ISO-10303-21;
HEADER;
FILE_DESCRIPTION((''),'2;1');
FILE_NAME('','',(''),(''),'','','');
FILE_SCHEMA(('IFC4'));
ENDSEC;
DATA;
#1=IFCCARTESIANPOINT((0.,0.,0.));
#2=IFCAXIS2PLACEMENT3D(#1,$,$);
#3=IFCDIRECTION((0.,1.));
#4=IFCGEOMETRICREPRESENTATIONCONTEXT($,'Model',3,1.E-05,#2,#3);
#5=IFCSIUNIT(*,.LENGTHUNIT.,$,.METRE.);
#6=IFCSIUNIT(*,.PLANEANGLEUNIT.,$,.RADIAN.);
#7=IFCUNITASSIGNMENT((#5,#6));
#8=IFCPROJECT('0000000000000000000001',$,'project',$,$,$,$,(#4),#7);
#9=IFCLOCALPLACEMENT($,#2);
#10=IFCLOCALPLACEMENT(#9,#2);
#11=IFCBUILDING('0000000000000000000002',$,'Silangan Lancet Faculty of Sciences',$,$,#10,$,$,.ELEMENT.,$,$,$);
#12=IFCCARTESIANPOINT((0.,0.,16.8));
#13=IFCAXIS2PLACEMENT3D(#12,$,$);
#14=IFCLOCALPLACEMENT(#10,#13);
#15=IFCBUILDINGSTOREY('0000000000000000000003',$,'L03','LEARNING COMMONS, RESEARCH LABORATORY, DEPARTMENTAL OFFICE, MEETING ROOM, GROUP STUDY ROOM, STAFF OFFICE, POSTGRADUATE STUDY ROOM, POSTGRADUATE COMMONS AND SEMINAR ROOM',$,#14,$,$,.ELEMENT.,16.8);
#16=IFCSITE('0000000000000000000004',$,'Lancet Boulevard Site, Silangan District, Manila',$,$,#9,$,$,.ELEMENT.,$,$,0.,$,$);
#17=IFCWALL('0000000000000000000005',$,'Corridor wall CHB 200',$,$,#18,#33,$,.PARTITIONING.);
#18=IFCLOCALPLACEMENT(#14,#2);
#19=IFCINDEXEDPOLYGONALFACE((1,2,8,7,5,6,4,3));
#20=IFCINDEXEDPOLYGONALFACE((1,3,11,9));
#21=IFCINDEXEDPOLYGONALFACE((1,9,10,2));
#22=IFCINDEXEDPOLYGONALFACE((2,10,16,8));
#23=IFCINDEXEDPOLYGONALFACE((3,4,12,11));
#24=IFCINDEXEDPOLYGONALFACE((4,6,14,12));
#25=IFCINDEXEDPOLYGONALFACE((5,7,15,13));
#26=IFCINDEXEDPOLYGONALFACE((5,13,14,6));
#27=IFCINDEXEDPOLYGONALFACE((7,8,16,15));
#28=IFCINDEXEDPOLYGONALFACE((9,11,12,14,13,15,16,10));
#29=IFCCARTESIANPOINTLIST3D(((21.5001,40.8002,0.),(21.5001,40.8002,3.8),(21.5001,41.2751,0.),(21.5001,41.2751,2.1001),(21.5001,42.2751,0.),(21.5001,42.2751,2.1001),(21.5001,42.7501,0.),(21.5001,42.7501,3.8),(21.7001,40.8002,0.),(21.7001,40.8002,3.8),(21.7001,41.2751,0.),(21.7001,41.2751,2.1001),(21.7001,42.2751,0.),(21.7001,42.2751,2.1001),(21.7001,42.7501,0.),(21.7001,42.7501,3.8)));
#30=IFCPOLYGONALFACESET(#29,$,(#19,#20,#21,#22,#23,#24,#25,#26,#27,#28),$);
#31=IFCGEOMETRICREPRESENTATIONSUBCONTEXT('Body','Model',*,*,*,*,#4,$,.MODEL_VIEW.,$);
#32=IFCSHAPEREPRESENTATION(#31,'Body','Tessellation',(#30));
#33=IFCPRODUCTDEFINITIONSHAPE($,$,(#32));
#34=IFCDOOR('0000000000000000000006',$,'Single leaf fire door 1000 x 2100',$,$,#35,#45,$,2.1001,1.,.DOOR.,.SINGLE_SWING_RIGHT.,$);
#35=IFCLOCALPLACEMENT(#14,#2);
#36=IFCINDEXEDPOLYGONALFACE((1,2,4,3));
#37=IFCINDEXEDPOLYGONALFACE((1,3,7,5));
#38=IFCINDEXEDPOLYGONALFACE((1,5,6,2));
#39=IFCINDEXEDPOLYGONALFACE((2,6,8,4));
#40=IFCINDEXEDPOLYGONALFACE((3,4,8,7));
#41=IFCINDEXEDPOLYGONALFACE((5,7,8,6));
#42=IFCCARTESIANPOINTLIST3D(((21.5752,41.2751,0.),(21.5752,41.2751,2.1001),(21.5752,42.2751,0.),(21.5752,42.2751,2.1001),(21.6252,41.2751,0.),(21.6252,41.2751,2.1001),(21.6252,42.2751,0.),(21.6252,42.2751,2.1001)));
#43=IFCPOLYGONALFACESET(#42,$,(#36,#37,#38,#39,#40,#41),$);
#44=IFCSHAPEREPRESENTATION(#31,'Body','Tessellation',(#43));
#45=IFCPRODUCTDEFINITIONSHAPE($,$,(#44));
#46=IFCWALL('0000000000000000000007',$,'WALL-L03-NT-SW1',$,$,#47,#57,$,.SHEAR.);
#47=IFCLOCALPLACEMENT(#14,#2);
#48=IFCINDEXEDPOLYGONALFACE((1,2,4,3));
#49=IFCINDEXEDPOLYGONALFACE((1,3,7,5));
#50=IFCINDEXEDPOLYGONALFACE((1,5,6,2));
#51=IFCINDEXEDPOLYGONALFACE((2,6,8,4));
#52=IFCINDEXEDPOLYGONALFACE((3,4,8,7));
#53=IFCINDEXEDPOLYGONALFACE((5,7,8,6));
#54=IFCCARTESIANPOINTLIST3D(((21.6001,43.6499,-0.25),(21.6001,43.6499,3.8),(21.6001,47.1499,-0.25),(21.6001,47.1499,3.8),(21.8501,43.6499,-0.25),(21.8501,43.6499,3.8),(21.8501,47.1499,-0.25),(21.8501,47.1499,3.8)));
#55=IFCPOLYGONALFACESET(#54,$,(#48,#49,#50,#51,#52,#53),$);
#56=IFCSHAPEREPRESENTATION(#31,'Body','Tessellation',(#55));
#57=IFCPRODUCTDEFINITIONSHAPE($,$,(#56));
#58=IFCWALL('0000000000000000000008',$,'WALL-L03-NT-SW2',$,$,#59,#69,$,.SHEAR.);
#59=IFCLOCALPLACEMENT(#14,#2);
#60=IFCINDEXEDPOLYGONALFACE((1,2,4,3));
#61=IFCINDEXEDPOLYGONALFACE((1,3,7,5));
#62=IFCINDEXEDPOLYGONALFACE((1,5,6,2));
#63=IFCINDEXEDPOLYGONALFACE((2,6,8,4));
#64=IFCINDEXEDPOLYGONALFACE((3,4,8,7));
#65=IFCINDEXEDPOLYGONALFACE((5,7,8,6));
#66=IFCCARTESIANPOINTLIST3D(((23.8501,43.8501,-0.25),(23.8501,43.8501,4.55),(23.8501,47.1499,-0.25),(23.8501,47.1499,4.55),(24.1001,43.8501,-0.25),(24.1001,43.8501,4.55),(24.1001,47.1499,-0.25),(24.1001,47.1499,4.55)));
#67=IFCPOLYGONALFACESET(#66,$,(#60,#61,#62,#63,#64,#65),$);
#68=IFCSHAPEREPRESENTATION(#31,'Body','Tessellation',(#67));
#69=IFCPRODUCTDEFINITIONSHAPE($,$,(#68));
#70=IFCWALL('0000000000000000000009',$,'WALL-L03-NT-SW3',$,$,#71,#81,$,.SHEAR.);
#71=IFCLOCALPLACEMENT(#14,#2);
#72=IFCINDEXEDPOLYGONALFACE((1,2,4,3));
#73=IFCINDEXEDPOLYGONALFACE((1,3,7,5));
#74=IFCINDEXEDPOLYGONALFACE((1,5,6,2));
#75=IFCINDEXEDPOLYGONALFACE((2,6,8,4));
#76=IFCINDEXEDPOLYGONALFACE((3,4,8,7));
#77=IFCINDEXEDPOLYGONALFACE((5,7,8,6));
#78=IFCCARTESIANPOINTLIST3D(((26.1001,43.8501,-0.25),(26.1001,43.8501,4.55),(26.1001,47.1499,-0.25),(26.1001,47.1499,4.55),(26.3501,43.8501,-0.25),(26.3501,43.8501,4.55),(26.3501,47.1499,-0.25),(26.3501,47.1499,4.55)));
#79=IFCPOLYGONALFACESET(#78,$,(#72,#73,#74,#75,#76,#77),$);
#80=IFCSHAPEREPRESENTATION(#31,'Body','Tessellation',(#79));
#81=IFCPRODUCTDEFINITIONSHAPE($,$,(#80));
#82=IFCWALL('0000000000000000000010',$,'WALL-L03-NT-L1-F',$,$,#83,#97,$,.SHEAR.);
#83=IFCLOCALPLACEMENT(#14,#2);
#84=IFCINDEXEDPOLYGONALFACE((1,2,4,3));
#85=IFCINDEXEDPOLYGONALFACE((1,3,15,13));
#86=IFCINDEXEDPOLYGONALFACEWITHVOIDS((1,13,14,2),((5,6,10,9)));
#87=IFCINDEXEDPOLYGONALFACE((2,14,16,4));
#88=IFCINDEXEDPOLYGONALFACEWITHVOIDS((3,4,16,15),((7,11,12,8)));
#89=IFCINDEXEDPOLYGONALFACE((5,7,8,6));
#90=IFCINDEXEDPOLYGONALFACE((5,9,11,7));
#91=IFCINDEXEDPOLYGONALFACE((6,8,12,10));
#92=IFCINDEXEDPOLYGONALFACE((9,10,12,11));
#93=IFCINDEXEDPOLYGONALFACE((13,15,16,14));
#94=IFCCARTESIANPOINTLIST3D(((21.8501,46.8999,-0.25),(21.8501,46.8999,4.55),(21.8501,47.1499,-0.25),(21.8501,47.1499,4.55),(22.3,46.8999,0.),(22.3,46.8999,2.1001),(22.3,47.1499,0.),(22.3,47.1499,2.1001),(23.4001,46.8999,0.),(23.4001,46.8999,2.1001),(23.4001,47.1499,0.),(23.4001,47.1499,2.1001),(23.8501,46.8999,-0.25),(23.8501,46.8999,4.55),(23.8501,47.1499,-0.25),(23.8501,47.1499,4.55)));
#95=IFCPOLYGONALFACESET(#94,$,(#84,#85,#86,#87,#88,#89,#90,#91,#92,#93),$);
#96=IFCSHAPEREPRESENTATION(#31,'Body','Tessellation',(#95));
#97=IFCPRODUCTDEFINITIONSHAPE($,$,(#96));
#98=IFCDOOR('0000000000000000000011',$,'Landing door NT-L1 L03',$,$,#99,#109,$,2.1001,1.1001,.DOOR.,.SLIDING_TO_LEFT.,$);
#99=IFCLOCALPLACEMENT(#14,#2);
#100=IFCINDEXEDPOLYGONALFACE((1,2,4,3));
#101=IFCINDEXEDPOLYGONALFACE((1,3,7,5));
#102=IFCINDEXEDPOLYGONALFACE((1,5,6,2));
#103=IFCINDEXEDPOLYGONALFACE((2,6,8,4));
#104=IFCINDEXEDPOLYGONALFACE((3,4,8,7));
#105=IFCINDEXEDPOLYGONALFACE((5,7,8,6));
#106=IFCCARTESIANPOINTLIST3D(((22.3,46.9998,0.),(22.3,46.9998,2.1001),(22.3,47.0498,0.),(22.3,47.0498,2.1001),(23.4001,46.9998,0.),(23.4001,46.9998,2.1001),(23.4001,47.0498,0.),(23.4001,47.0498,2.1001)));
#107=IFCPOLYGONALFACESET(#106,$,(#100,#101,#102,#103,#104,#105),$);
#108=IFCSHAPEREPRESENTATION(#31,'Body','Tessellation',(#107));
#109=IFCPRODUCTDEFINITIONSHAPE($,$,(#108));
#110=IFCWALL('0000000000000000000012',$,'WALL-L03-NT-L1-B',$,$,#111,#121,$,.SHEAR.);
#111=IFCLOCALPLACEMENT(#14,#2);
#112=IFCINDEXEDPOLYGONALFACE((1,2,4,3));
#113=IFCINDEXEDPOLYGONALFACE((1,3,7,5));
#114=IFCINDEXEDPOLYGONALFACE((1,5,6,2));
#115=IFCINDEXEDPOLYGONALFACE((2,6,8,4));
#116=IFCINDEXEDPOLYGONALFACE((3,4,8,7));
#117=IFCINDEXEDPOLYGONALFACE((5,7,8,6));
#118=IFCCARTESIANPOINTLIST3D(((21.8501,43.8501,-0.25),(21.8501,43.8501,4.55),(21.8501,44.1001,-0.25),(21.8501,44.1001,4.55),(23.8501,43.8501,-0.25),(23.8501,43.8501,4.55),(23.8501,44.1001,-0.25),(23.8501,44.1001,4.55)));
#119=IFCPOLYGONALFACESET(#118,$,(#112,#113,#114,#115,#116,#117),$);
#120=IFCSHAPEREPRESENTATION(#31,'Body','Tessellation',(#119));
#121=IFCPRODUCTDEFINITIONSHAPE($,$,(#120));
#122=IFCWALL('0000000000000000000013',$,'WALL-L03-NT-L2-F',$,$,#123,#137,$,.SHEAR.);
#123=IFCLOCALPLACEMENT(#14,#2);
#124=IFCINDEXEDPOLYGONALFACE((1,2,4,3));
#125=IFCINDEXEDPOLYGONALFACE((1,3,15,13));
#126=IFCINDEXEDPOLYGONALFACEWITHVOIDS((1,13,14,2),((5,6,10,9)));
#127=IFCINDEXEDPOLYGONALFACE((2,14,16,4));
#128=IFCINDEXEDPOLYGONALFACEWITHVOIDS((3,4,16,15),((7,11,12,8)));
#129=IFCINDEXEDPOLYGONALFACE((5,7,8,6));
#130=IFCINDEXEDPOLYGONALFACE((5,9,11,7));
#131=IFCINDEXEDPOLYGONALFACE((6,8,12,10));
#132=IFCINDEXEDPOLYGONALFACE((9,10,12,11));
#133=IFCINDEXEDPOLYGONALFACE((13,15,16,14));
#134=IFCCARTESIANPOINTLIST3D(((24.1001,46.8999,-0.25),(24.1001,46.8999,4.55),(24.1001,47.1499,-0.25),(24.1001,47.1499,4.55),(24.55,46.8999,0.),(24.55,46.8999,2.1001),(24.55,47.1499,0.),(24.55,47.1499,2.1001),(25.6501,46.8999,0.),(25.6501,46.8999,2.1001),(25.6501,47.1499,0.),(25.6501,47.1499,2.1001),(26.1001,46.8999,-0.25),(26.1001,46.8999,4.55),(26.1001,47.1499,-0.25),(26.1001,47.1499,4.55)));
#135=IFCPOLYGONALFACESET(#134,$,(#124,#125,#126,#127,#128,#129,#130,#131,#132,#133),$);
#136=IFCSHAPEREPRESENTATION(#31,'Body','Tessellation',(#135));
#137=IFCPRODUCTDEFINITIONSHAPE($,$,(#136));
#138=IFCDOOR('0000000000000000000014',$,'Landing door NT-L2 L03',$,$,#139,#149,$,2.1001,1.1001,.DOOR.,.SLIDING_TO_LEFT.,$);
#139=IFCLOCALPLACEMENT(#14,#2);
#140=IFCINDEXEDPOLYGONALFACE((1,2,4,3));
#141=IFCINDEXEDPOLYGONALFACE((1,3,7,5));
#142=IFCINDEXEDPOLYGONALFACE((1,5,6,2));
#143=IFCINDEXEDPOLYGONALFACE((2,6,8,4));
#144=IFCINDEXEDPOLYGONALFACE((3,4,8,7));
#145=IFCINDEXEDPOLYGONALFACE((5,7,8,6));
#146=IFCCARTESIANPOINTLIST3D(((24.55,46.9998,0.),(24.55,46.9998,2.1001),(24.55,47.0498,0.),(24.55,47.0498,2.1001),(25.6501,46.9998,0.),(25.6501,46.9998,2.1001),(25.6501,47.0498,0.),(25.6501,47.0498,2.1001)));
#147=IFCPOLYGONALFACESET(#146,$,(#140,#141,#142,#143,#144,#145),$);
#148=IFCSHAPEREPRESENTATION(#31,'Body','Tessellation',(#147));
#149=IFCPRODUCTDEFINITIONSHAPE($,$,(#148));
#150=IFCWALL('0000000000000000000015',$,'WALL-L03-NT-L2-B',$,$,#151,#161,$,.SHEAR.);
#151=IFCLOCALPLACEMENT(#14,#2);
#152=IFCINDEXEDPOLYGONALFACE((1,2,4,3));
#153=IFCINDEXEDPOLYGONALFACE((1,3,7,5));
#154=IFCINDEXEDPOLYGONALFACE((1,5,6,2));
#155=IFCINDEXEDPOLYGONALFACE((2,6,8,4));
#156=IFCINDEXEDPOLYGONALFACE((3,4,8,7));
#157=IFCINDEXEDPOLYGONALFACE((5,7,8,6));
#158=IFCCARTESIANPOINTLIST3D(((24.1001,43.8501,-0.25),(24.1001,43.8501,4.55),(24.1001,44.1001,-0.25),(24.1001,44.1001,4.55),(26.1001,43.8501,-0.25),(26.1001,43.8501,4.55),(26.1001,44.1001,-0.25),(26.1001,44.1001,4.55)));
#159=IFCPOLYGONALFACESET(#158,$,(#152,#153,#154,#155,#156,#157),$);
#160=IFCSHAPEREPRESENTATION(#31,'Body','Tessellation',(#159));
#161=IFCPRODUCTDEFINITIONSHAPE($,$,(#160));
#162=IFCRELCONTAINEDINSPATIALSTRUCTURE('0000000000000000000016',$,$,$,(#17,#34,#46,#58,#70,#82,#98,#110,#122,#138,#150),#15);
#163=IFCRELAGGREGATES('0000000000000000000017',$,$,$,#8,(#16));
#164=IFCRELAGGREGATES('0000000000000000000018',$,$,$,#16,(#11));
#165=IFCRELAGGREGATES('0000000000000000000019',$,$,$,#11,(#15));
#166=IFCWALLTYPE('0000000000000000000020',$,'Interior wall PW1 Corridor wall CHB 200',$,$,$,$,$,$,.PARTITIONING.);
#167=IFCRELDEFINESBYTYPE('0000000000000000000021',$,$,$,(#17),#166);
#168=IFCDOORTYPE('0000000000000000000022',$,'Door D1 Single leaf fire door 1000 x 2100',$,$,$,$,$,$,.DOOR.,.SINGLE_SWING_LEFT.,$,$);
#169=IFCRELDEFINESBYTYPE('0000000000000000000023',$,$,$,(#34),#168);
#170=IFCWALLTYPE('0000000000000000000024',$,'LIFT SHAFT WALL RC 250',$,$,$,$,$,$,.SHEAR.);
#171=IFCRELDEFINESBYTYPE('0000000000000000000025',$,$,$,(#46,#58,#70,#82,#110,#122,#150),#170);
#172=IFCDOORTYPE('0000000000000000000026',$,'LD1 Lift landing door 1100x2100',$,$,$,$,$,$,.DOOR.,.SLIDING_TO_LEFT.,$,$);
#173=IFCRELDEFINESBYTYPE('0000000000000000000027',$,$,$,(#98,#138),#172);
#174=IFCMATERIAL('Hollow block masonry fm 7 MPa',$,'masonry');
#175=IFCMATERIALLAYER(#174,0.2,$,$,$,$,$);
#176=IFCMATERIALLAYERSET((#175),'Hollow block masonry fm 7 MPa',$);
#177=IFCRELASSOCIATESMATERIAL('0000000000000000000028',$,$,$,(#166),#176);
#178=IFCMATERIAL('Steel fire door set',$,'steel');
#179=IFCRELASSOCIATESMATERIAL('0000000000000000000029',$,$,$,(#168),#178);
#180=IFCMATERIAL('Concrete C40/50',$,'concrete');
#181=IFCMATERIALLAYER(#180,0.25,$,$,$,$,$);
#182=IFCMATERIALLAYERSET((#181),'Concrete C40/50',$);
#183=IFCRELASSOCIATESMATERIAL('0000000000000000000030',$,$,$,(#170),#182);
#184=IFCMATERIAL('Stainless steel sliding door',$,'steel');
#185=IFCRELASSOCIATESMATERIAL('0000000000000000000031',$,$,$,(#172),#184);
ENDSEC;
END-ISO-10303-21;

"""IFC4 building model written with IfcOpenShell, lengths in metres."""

from ifc_helpers import new_model, si_unit, direction, frame, frame_2d, origin, place, context, subcontext, project, spatial, rectangle, extrude, material, layer, layer_set, type_object, element, fill, save


model = new_model("IFC4")

# Units and contexts
model_context = context("Model", 3, precision=1e-05, world=origin(), true_north=direction((0.0, 1.0)))
body_context = subcontext(model_context, "Body", "Model", "MODEL_VIEW")
ifc_project = project(units=[si_unit("LENGTHUNIT", "METRE"), si_unit("PLANEANGLEUNIT", "RADIAN")], contexts=[model_context])

# Site, building, storey
site_placement = place(None, origin())
site = spatial("IfcSite", under=ifc_project, at=site_placement, Name="Lancet Boulevard Site, Silangan District, Manila", CompositionType="ELEMENT", RefElevation=0.0)
building_placement = place(site_placement, origin())
building = spatial("IfcBuilding", under=site, at=building_placement, Name="Silangan Lancet Faculty of Sciences", CompositionType="ELEMENT")
storey_placement = place(building_placement, frame((0.0, 0.0, 16.8)))
storey = spatial("IfcBuildingStorey", under=building, at=storey_placement, Name="L03", Description="LEARNING COMMONS, RESEARCH LABORATORY, DEPARTMENTAL OFFICE, MEETING ROOM, GROUP STUDY ROOM, STAFF OFFICE, POSTGRADUATE STUDY ROOM, POSTGRADUATE COMMONS AND SEMINAR ROOM", CompositionType="ELEMENT", Elevation=16.8)

# Wall, opening, door
ifc_material_1 = material(Name="Hollow block masonry fm 7 MPa", Category="masonry")
ifc_layer_1 = layer(ifc_material_1, 0.2)
ifc_layer_set_1 = layer_set([ifc_layer_1], Name="Hollow block masonry fm 7 MPa")
wall_type_1 = type_object("IfcWallType", Name="Interior wall PW1 Corridor wall CHB 200", PredefinedType="PARTITIONING", material=ifc_layer_set_1)
ifc_material_2 = material(Name="Steel fire door set", Category="steel")
door_type_1 = type_object("IfcDoorType", Name="Door D1 Single leaf fire door 1000 x 2100", OperationType="SINGLE_SWING_LEFT", PredefinedType="DOOR", material=ifc_material_2)
wall_1_placement = place(storey_placement, frame((21.6001, 40.8, 0.0), z_axis=(0.0, 0.0, 1.0), x_axis=(0.0, 1.0, 0.0)))
wall_1 = element("IfcWall", 1, at=wall_1_placement, inside=storey, type_object=wall_type_1, Name="Corridor wall CHB 200", PredefinedType="PARTITIONING", context=body_context, shape_type="SweptSolid", body=[
    extrude(rectangle(XDim=1.95, YDim=0.2, at=frame_2d((0.9751, 0.0))), origin(), (0.0, 0.0, 1.0), 3.8),
])
opening_1_placement = place(wall_1_placement, frame((0.4751, 0.0, 0.0)))
opening_1 = element("IfcOpeningElement", 2, at=opening_1_placement, cuts=wall_1, PredefinedType="OPENING", context=body_context, shape_type="SweptSolid", body=[
    extrude(rectangle(XDim=1.0, YDim=2.1001, at=frame_2d((0.5, 1.05))), frame((0.0, 0.1099, 0.0), z_axis=(0.0, -1.0, 0.0), x_axis=(1.0, 0.0, 0.0)), (0.0, 0.0, 1.0), 0.22),
])
door_1_placement = place(opening_1_placement, frame((1.0, 0.0, 0.0), z_axis=(0.0, 0.0, 1.0), x_axis=(-1.0, 0.0, 0.0)))
door_1 = element("IfcDoor", 3, at=door_1_placement, inside=storey, type_object=door_type_1, Name="Single leaf fire door 1000 x 2100", OperationType="SINGLE_SWING_RIGHT", OverallHeight=2.1001, OverallWidth=1.0, PredefinedType="DOOR", context=body_context, shape_type="SweptSolid", body=[
    extrude(rectangle(XDim=1.0, YDim=2.1001, at=frame_2d((0.5, 1.05))), frame((0.0, 0.0251, 0.0), z_axis=(0.0, -1.0, 0.0), x_axis=(1.0, 0.0, 0.0)), (0.0, 0.0, 1.0), 0.05),
])
fill(opening_1, door_1)

# Walls
ifc_material_3 = material(Name="Concrete C40/50", Category="concrete")
ifc_layer_2 = layer(ifc_material_3, 0.25)
ifc_layer_set_2 = layer_set([ifc_layer_2], Name="Concrete C40/50")
wall_type_2 = type_object("IfcWallType", Name="LIFT SHAFT WALL RC 250", PredefinedType="SHEAR", material=ifc_layer_set_2)
wall_2_placement = place(storey_placement, frame((21.7251, 43.6499, -0.25), z_axis=(0.0, 0.0, 1.0), x_axis=(0.0, 1.0, 0.0)))
element("IfcWall", 4, at=wall_2_placement, inside=storey, type_object=wall_type_2, Name="WALL-L03-NT-SW1", PredefinedType="SHEAR", context=body_context, shape_type="SweptSolid", body=[
    extrude(rectangle(XDim=3.5, YDim=0.25, at=frame_2d((1.75, 0.0))), origin(), (0.0, 0.0, 1.0), 4.05),
])
for number, where, z_axis, x_axis, name in (
    (5, (23.9751, 43.8501, -0.25), (0.0, 0.0, 1.0), (0.0, 1.0, 0.0), "WALL-L03-NT-SW2"),
    (6, (26.2251, 43.8501, -0.25), (0.0, 0.0, 1.0), (0.0, 1.0, 0.0), "WALL-L03-NT-SW3"),
):
    element("IfcWall", number, at=place(storey_placement, frame(where, z_axis=z_axis, x_axis=x_axis)), inside=storey, type_object=wall_type_2, Name=name, PredefinedType="SHEAR", context=body_context, shape_type="SweptSolid", body=[
        extrude(rectangle(XDim=3.2998, YDim=0.25, at=frame_2d((1.6499, 0.0))), origin(), (0.0, 0.0, 1.0), 4.8),
    ])

# Wall, opening, door
wall_3_placement = place(storey_placement, frame((21.8501, 47.0249, -0.25), z_axis=(0.0, 0.0, 1.0), x_axis=(1.0, 0.0, 0.0)))
wall_3 = element("IfcWall", 7, at=wall_3_placement, inside=storey, type_object=wall_type_2, Name="WALL-L03-NT-L1-F", PredefinedType="SHEAR", context=body_context, shape_type="SweptSolid", body=[
    extrude(rectangle(XDim=2.0, YDim=0.25, at=frame_2d((1.0, 0.0))), origin(), (0.0, 0.0, 1.0), 4.8),
])
opening_2_placement = place(wall_3_placement, frame((0.45, 0.0, 0.25)))
opening_2 = element("IfcOpeningElement", 8, at=opening_2_placement, cuts=wall_3, PredefinedType="OPENING", context=body_context, shape_type="SweptSolid", body=[
    extrude(rectangle(XDim=1.1001, YDim=2.1001, at=frame_2d((0.55, 1.05))), frame((0.0, 0.135, 0.0), z_axis=(0.0, -1.0, 0.0), x_axis=(1.0, 0.0, 0.0)), (0.0, 0.0, 1.0), 0.27),
])
ifc_material_4 = material(Name="Stainless steel sliding door", Category="steel")
door_type_2 = type_object("IfcDoorType", Name="LD1 Lift landing door 1100x2100", OperationType="SLIDING_TO_LEFT", PredefinedType="DOOR", material=ifc_material_4)
door_2_placement = place(opening_2_placement, origin())
door_2 = element("IfcDoor", 9, at=door_2_placement, inside=storey, type_object=door_type_2, Name="Landing door NT-L1 L03", OperationType="SLIDING_TO_LEFT", OverallHeight=2.1001, OverallWidth=1.1001, PredefinedType="DOOR", context=body_context, shape_type="SweptSolid", body=[
    extrude(rectangle(XDim=1.1001, YDim=2.1001, at=frame_2d((0.55, 1.05))), frame((0.0, 0.0249, 0.0), z_axis=(0.0, -1.0, 0.0), x_axis=(1.0, 0.0, 0.0)), (0.0, 0.0, 1.0), 0.05),
])
fill(opening_2, door_2)

# Wall
wall_4_placement = place(storey_placement, frame((21.8501, 43.9751, -0.25), z_axis=(0.0, 0.0, 1.0), x_axis=(1.0, 0.0, 0.0)))
element("IfcWall", 10, at=wall_4_placement, inside=storey, type_object=wall_type_2, Name="WALL-L03-NT-L1-B", PredefinedType="SHEAR", context=body_context, shape_type="SweptSolid", body=[
    extrude(rectangle(XDim=2.0, YDim=0.25, at=frame_2d((1.0, 0.0))), origin(), (0.0, 0.0, 1.0), 4.8),
])

# Wall, opening, door
wall_5_placement = place(storey_placement, frame((24.1001, 47.0249, -0.25), z_axis=(0.0, 0.0, 1.0), x_axis=(1.0, 0.0, 0.0)))
wall_5 = element("IfcWall", 11, at=wall_5_placement, inside=storey, type_object=wall_type_2, Name="WALL-L03-NT-L2-F", PredefinedType="SHEAR", context=body_context, shape_type="SweptSolid", body=[
    extrude(rectangle(XDim=2.0, YDim=0.25, at=frame_2d((1.0, 0.0))), origin(), (0.0, 0.0, 1.0), 4.8),
])
opening_3_placement = place(wall_5_placement, frame((0.45, 0.0, 0.25)))
opening_3 = element("IfcOpeningElement", 12, at=opening_3_placement, cuts=wall_5, PredefinedType="OPENING", context=body_context, shape_type="SweptSolid", body=[
    extrude(rectangle(XDim=1.1001, YDim=2.1001, at=frame_2d((0.55, 1.05))), frame((0.0, 0.135, 0.0), z_axis=(0.0, -1.0, 0.0), x_axis=(1.0, 0.0, 0.0)), (0.0, 0.0, 1.0), 0.27),
])
door_3_placement = place(opening_3_placement, origin())
door_3 = element("IfcDoor", 13, at=door_3_placement, inside=storey, type_object=door_type_2, Name="Landing door NT-L2 L03", OperationType="SLIDING_TO_LEFT", OverallHeight=2.1001, OverallWidth=1.1001, PredefinedType="DOOR", context=body_context, shape_type="SweptSolid", body=[
    extrude(rectangle(XDim=1.1001, YDim=2.1001, at=frame_2d((0.55, 1.05))), frame((0.0, 0.0249, 0.0), z_axis=(0.0, -1.0, 0.0), x_axis=(1.0, 0.0, 0.0)), (0.0, 0.0, 1.0), 0.05),
])
fill(opening_3, door_3)

# Wall
wall_6_placement = place(storey_placement, frame((24.1001, 43.9751, -0.25), z_axis=(0.0, 0.0, 1.0), x_axis=(1.0, 0.0, 0.0)))
element("IfcWall", 14, at=wall_6_placement, inside=storey, type_object=wall_type_2, Name="WALL-L03-NT-L2-B", PredefinedType="SHEAR", context=body_context, shape_type="SweptSolid", body=[
    extrude(rectangle(XDim=2.0, YDim=0.25, at=frame_2d((1.0, 0.0))), origin(), (0.0, 0.0, 1.0), 4.8),
])

save(model, "model.ifc")
